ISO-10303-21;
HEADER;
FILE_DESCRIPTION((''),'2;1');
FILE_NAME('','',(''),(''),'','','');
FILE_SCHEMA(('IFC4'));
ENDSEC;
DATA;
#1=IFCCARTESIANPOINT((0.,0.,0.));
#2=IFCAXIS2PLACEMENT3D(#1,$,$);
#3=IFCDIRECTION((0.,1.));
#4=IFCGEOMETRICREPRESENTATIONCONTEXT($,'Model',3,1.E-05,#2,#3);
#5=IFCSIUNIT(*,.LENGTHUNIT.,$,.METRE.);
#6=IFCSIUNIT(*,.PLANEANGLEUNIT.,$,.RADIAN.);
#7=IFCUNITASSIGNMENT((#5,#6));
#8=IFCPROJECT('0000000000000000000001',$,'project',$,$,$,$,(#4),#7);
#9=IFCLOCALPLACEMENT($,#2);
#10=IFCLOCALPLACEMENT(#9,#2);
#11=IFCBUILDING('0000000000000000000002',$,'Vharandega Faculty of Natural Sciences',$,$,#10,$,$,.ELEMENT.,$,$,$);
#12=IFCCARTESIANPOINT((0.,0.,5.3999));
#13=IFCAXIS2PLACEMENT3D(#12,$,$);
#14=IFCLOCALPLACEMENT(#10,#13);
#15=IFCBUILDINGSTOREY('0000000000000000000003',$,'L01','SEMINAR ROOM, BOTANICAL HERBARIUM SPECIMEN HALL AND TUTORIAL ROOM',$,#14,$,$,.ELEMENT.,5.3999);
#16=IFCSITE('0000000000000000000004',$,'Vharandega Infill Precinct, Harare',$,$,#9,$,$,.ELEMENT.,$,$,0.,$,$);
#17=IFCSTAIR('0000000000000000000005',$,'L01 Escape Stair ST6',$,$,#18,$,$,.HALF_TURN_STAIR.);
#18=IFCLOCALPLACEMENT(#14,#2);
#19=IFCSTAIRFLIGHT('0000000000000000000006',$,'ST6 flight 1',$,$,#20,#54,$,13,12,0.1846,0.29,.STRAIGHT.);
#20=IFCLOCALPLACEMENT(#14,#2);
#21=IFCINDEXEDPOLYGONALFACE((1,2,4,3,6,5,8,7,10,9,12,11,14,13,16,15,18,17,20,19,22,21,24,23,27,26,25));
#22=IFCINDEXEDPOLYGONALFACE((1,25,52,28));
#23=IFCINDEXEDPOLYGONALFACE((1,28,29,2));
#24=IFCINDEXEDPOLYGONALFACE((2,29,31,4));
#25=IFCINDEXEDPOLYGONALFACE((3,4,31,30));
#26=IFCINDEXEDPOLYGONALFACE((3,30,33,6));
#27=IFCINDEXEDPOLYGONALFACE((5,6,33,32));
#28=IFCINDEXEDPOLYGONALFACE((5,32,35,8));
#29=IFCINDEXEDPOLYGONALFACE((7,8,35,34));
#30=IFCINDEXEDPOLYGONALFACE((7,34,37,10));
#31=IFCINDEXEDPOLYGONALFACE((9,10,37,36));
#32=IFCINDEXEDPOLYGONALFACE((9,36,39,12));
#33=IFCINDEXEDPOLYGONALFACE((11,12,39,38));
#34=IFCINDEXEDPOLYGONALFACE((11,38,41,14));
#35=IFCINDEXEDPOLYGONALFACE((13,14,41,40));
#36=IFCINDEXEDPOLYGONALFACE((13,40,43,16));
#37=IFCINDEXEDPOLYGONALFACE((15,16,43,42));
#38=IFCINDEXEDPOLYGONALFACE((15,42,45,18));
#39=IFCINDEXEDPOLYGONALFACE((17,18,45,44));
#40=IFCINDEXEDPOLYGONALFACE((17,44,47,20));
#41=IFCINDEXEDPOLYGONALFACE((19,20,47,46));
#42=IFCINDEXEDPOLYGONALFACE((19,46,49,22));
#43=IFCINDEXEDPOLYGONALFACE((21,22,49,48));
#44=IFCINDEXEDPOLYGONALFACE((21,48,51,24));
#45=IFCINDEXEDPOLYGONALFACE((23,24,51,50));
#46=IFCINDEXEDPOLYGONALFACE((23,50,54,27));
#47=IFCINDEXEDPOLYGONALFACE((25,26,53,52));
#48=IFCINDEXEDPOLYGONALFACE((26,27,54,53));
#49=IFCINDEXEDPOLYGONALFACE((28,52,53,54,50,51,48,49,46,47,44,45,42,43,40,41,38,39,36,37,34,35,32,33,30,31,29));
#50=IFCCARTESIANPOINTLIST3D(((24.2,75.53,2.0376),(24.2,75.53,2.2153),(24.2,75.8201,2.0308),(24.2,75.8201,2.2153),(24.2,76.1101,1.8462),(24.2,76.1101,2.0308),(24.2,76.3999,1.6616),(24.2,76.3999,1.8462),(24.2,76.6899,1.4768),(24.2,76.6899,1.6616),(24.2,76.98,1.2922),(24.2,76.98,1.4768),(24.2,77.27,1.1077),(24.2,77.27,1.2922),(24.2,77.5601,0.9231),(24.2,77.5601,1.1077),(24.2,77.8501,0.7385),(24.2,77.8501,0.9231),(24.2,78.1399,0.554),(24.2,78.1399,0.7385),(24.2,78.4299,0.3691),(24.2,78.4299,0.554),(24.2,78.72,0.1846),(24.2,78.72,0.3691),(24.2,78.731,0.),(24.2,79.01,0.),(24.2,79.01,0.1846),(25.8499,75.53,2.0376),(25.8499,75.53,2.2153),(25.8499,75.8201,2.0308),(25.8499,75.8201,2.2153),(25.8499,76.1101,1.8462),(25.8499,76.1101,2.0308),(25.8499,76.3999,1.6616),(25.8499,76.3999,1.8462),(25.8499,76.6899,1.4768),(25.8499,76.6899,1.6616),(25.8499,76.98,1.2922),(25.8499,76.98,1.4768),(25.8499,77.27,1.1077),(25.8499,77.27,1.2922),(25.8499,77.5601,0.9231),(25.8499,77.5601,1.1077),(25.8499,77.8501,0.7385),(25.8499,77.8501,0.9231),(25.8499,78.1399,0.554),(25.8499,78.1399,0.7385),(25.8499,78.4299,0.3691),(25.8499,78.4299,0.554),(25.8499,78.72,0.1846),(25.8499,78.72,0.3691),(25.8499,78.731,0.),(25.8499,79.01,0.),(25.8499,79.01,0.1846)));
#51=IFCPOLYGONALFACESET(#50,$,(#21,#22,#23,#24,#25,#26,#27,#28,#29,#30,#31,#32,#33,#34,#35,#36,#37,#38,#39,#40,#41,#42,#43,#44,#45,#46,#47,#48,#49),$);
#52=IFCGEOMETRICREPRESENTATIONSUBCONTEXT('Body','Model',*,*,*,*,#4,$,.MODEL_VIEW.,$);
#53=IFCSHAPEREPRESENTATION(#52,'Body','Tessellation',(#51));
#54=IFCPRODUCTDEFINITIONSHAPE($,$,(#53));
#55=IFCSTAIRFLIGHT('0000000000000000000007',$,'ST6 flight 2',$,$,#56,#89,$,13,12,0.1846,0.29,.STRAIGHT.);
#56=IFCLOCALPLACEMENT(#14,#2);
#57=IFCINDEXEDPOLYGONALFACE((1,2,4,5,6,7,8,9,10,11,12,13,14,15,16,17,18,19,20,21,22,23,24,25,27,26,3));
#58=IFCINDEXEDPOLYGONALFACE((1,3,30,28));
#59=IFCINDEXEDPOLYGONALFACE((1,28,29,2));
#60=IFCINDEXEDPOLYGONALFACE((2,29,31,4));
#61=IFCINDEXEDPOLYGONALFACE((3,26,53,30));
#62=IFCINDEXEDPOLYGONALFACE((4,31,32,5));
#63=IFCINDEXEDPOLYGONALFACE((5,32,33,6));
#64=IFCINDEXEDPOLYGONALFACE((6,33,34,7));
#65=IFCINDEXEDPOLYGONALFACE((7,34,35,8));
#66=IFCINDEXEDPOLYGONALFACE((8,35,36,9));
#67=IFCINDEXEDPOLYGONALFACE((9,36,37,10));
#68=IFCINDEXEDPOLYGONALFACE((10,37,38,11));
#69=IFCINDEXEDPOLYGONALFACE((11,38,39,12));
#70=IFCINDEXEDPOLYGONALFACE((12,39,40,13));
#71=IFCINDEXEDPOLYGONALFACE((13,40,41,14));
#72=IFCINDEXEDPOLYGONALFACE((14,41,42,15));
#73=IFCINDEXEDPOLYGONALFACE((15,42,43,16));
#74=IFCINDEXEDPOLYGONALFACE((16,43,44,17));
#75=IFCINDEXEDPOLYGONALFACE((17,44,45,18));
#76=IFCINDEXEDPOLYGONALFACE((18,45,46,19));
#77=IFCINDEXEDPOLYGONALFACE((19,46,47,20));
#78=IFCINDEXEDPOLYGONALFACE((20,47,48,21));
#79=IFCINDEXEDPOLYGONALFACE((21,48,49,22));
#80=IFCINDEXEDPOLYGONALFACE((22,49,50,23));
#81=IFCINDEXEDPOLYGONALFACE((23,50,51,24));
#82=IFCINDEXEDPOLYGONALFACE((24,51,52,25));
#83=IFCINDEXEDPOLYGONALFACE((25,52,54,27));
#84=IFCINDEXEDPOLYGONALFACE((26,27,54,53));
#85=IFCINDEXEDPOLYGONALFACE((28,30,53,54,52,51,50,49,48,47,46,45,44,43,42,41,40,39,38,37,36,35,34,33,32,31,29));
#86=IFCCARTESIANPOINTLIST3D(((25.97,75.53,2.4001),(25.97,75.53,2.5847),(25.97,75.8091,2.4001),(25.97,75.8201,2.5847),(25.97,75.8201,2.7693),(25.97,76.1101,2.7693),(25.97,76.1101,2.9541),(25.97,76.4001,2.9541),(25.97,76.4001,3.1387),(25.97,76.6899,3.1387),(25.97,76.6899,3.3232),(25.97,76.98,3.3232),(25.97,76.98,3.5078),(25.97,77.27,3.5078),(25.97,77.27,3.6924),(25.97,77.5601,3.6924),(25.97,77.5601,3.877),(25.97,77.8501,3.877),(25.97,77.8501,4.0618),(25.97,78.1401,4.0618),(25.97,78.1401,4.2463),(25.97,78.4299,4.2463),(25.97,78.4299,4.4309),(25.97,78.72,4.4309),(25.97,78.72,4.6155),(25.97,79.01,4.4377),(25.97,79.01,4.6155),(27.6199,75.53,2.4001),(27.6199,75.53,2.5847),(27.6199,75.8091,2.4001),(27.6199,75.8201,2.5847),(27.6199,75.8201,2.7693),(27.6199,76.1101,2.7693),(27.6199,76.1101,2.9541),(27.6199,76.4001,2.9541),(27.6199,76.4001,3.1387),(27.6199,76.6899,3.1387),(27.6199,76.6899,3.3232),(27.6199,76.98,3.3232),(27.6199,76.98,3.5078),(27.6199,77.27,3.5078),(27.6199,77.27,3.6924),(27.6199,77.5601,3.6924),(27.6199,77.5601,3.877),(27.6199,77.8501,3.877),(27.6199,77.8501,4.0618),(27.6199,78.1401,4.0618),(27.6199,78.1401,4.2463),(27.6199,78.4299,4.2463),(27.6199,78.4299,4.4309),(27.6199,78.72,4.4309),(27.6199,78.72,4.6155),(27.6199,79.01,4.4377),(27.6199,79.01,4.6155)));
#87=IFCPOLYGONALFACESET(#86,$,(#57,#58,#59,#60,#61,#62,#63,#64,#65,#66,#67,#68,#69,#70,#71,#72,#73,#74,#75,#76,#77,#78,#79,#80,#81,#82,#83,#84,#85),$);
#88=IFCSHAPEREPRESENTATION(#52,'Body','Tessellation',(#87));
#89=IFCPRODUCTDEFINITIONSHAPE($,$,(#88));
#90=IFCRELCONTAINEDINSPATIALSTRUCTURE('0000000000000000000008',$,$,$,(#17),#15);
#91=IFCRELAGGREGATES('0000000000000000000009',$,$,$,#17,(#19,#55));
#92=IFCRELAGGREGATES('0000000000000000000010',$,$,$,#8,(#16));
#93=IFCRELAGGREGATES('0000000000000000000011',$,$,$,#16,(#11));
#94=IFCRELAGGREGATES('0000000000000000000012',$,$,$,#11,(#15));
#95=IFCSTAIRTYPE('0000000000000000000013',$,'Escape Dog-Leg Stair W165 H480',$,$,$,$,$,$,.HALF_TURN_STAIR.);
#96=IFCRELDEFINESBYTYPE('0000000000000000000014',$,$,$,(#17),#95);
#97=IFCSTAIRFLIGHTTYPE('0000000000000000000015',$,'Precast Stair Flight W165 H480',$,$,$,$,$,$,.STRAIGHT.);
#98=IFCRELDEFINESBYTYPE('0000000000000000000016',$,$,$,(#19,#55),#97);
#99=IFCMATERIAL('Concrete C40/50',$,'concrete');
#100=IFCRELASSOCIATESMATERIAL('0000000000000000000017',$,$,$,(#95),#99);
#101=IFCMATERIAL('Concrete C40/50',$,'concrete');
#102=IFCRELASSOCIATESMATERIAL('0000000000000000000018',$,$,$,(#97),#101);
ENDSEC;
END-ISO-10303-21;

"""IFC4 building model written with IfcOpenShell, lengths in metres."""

from ifc_helpers import new_model, si_unit, direction, frame, origin, place, context, subcontext, project, spatial, polyline, outline, extrude, material, type_object, element, aggregate, save


model = new_model("IFC4")

# Units and contexts
model_context = context("Model", 3, precision=1e-05, world=origin(), true_north=direction((0.0, 1.0)))
body_context = subcontext(model_context, "Body", "Model", "MODEL_VIEW")
ifc_project = project(units=[si_unit("LENGTHUNIT", "METRE"), si_unit("PLANEANGLEUNIT", "RADIAN")], contexts=[model_context])

# Site, building, storey
site_placement = place(None, origin())
site = spatial("IfcSite", under=ifc_project, at=site_placement, Name="Vharandega Infill Precinct, Harare", CompositionType="ELEMENT", RefElevation=0.0)
building_placement = place(site_placement, origin())
building = spatial("IfcBuilding", under=site, at=building_placement, Name="Vharandega Faculty of Natural Sciences", CompositionType="ELEMENT")
storey_placement = place(building_placement, frame((0.0, 0.0, 5.3999)))
storey = spatial("IfcBuildingStorey", under=building, at=storey_placement, Name="L01", Description="SEMINAR ROOM, BOTANICAL HERBARIUM SPECIMEN HALL AND TUTORIAL ROOM", CompositionType="ELEMENT", Elevation=5.3999)

# Stair, stair flights
ifc_material_1 = material(Name="Concrete C40/50", Category="concrete")
stair_type = type_object("IfcStairType", Name="Escape Dog-Leg Stair W165 H480", PredefinedType="HALF_TURN_STAIR", material=ifc_material_1)
stair_placement = place(storey_placement, origin())
stair = element("IfcStair", 1, at=stair_placement, inside=storey, type_object=stair_type, Name="L01 Escape Stair ST6", PredefinedType="HALF_TURN_STAIR")
ifc_material_2 = material(Name="Concrete C40/50", Category="concrete")
stair_flight_type = type_object("IfcStairFlightType", Name="Precast Stair Flight W165 H480", PredefinedType="STRAIGHT", material=ifc_material_2)
stair_flight_1_placement = place(storey_placement, frame((25.0249, 79.01, 0.0), z_axis=(0.0, 0.0, 1.0), x_axis=(0.0, -1.0, 0.0)))
stair_flight_1 = element("IfcStairFlight", 2, at=stair_flight_1_placement, type_object=stair_flight_type, Name="ST6 flight 1", NumberOfRisers=13, NumberOfTreads=12, PredefinedType="STRAIGHT", RiserHeight=0.1846, TreadLength=0.29, context=body_context, shape_type="SweptSolid", body=[
    extrude(outline(polyline([(0.0, 0.0), (0.0, 0.1846), (0.29, 0.1846), (0.29, 0.3691), (0.5801, 0.3691), (0.5801, 0.554), (0.8701, 0.554), (0.8701, 0.7385), (1.1599, 0.7385), (1.1599, 0.9231), (1.45, 0.9231), (1.45, 1.1077), (1.74, 1.1077), (1.74, 1.2922), (2.03, 1.2922), (2.03, 1.4768), (2.3201, 1.4768), (2.3201, 1.6616), (2.6101, 1.6616), (2.6101, 1.8462), (2.8999, 1.8462), (2.8999, 2.0308), (3.1899, 2.0308), (3.1899, 2.2153), (3.48, 2.2153), (3.48, 2.3999), (3.48, 2.0376), (0.2791, 0.0), (0.0, 0.0)])), frame((0.0, 0.825, 0.0), z_axis=(0.0, -1.0, 0.0), x_axis=(1.0, 0.0, 0.0)), (0.0, 0.0, 1.0), 1.6499),
])
stair_flight_2_placement = place(storey_placement, frame((26.7949, 75.53, 2.4001), z_axis=(0.0, 0.0, 1.0), x_axis=(0.0, 1.0, 0.0)))
stair_flight_2 = element("IfcStairFlight", 3, at=stair_flight_2_placement, type_object=stair_flight_type, Name="ST6 flight 2", NumberOfRisers=13, NumberOfTreads=12, PredefinedType="STRAIGHT", RiserHeight=0.1846, TreadLength=0.29, context=body_context, shape_type="SweptSolid", body=[
    extrude(outline(polyline([(0.0, 0.0), (0.0, 0.1846), (0.29, 0.1846), (0.29, 0.3691), (0.5801, 0.3691), (0.5801, 0.554), (0.8701, 0.554), (0.8701, 0.7385), (1.1599, 0.7385), (1.1599, 0.9231), (1.45, 0.9231), (1.45, 1.1077), (1.74, 1.1077), (1.74, 1.2922), (2.03, 1.2922), (2.03, 1.4768), (2.3201, 1.4768), (2.3201, 1.6616), (2.6101, 1.6616), (2.6101, 1.8462), (2.8999, 1.8462), (2.8999, 2.0308), (3.1899, 2.0308), (3.1899, 2.2153), (3.48, 2.2153), (3.48, 2.3999), (3.48, 2.0376), (0.2791, 0.0), (0.0, 0.0)])), frame((0.0, 0.825, 0.0), z_axis=(0.0, -1.0, 0.0), x_axis=(1.0, 0.0, 0.0)), (0.0, 0.0, 1.0), 1.6499),
])
aggregate(stair, [stair_flight_1, stair_flight_2])

save(model, "model.ifc")
